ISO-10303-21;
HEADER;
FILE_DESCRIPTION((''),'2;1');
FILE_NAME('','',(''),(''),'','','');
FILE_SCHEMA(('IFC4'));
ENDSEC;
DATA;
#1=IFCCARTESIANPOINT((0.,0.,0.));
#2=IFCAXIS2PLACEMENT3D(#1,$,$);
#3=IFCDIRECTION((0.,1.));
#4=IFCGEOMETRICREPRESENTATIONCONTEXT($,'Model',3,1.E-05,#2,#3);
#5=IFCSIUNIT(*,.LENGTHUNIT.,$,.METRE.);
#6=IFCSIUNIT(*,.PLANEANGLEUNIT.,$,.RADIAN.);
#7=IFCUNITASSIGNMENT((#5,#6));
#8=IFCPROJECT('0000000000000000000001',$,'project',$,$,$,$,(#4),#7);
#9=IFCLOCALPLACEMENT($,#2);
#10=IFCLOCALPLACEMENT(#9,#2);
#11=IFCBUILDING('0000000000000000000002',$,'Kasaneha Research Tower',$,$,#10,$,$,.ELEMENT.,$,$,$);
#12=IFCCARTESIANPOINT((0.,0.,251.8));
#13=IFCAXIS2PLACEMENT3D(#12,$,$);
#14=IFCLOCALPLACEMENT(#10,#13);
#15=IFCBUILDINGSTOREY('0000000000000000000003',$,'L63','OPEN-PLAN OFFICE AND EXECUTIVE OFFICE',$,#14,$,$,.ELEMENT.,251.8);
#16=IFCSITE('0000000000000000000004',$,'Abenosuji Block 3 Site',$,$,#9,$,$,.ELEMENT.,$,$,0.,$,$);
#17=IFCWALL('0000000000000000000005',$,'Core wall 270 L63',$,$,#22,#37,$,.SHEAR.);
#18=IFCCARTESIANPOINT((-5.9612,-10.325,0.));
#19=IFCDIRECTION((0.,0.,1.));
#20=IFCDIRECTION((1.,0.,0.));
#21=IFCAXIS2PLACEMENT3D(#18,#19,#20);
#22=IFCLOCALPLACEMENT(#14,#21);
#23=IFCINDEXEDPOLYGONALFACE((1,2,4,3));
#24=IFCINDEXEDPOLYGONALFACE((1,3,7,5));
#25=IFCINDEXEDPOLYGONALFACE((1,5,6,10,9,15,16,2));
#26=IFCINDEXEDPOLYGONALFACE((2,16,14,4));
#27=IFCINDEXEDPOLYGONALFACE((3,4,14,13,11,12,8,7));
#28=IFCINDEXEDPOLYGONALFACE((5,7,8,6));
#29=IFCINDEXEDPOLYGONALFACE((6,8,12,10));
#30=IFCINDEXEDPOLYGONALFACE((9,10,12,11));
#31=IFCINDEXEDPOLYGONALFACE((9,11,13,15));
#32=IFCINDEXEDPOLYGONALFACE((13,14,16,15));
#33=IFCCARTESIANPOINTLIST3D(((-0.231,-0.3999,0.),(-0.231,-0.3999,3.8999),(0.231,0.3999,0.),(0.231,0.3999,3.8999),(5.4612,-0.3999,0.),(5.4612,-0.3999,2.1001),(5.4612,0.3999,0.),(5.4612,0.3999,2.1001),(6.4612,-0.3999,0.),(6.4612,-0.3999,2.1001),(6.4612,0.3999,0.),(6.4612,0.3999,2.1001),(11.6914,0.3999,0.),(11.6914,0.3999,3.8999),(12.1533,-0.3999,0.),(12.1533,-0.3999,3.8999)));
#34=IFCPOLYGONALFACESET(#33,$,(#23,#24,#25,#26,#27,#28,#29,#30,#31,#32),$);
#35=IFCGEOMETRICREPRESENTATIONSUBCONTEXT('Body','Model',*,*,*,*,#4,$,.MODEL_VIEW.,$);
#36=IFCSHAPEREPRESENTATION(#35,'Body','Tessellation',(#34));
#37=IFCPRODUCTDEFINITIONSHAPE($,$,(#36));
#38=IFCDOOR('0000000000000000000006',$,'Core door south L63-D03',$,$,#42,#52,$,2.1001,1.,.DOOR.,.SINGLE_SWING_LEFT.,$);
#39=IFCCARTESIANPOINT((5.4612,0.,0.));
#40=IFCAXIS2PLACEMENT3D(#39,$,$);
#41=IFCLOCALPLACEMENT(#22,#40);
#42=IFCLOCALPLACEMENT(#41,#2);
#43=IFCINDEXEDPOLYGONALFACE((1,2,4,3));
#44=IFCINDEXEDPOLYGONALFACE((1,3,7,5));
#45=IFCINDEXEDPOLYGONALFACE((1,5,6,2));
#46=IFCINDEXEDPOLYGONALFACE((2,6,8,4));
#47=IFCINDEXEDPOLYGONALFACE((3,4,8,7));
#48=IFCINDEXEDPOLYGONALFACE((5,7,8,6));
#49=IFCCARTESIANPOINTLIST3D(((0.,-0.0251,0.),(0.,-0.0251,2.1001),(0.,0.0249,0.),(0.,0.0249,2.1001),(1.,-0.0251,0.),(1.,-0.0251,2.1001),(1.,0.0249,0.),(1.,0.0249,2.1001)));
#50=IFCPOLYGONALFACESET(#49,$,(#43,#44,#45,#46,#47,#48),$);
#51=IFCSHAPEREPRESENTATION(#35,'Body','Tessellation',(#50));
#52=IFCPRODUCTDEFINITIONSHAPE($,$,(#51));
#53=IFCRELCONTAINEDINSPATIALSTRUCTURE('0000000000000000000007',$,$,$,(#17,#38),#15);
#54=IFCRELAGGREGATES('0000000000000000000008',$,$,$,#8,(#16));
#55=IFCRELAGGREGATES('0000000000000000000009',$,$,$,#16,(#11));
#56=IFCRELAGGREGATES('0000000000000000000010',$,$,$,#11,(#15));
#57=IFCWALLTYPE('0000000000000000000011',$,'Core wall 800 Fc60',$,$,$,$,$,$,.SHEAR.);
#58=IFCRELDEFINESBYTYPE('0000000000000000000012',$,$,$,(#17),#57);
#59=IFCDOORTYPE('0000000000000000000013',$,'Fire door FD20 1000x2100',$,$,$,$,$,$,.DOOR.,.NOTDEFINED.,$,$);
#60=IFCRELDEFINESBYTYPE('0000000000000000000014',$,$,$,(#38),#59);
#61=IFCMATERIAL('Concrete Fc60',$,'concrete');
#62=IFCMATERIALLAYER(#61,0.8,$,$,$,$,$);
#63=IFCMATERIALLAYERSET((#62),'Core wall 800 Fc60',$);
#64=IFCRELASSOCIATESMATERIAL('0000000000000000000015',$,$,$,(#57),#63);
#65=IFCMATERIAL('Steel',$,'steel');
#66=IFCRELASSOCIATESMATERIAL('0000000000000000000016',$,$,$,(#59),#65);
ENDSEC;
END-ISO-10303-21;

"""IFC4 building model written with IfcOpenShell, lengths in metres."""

from ifc_helpers import new_model, si_unit, direction, frame, frame_2d, origin, place, context, subcontext, project, spatial, polyline, rectangle, outline, extrude, material, layer, layer_set, type_object, element, fill, save


model = new_model("IFC4")

# Units and contexts
model_context = context("Model", 3, precision=1e-05, world=origin(), true_north=direction((0.0, 1.0)))
body_context = subcontext(model_context, "Body", "Model", "MODEL_VIEW")
ifc_project = project(units=[si_unit("LENGTHUNIT", "METRE"), si_unit("PLANEANGLEUNIT", "RADIAN")], contexts=[model_context])

# Site, building, storey
site_placement = place(None, origin())
site = spatial("IfcSite", under=ifc_project, at=site_placement, Name="Abenosuji Block 3 Site", CompositionType="ELEMENT", RefElevation=0.0)
building_placement = place(site_placement, origin())
building = spatial("IfcBuilding", under=site, at=building_placement, Name="Kasaneha Research Tower", CompositionType="ELEMENT")
storey_placement = place(building_placement, frame((0.0, 0.0, 251.8)))
storey = spatial("IfcBuildingStorey", under=building, at=storey_placement, Name="L63", Description="OPEN-PLAN OFFICE AND EXECUTIVE OFFICE", CompositionType="ELEMENT", Elevation=251.8)

# Wall, opening, door
ifc_material_1 = material(Name="Concrete Fc60", Category="concrete")
ifc_layer_1 = layer(ifc_material_1, 0.8)
ifc_layer_set_1 = layer_set([ifc_layer_1], Name="Core wall 800 Fc60")
wall_type_1 = type_object("IfcWallType", Name="Core wall 800 Fc60", PredefinedType="SHEAR", material=ifc_layer_set_1)
wall_1_placement = place(storey_placement, frame((-5.9612, -10.325, 0.0), z_axis=(0.0, 0.0, 1.0), x_axis=(1.0, 0.0, 0.0)))
wall_1 = element("IfcWall", 1, at=wall_1_placement, inside=storey, type_object=wall_type_1, Name="Core wall 270 L63", PredefinedType="SHEAR", context=body_context, shape_type="SweptSolid", body=[
    extrude(outline(polyline([(-0.231, -0.3999), (5.4612, -0.3999), (6.4612, -0.3999), (12.1533, -0.3999), (11.6914, 0.3999), (6.4612, 0.3999), (5.4612, 0.3999), (0.231, 0.3999), (-0.231, -0.3999)])), origin(), (0.0, 0.0, 1.0), 3.8999),
])
opening_1_placement = place(wall_1_placement, frame((5.4612, 0.0, 0.0)))
opening_1 = element("IfcOpeningElement", 2, at=opening_1_placement, cuts=wall_1, PredefinedType="OPENING", context=body_context, shape_type="SweptSolid", body=[
    extrude(rectangle(XDim=1.0, YDim=2.1001, at=frame_2d((0.5, 1.05))), frame((0.0, 0.4102, 0.0), z_axis=(0.0, -1.0, 0.0), x_axis=(1.0, 0.0, 0.0)), (0.0, 0.0, 1.0), 0.8201),
])
ifc_material_2 = material(Name="Steel", Category="steel")
door_type_1 = type_object("IfcDoorType", Name="Fire door FD20 1000x2100", OperationType="NOTDEFINED", PredefinedType="DOOR", material=ifc_material_2)
door_1_placement = place(opening_1_placement, origin())
door_1 = element("IfcDoor", 3, at=door_1_placement, inside=storey, type_object=door_type_1, Name="Core door south L63-D03", OperationType="SINGLE_SWING_LEFT", OverallHeight=2.1001, OverallWidth=1.0, PredefinedType="DOOR", context=body_context, shape_type="SweptSolid", body=[
    extrude(rectangle(XDim=1.0, YDim=2.1001, at=frame_2d((0.5, 1.05))), frame((0.0, 0.0249, 0.0), z_axis=(0.0, -1.0, 0.0), x_axis=(1.0, 0.0, 0.0)), (0.0, 0.0, 1.0), 0.05),
])
fill(opening_1, door_1)

save(model, "model.ifc")
